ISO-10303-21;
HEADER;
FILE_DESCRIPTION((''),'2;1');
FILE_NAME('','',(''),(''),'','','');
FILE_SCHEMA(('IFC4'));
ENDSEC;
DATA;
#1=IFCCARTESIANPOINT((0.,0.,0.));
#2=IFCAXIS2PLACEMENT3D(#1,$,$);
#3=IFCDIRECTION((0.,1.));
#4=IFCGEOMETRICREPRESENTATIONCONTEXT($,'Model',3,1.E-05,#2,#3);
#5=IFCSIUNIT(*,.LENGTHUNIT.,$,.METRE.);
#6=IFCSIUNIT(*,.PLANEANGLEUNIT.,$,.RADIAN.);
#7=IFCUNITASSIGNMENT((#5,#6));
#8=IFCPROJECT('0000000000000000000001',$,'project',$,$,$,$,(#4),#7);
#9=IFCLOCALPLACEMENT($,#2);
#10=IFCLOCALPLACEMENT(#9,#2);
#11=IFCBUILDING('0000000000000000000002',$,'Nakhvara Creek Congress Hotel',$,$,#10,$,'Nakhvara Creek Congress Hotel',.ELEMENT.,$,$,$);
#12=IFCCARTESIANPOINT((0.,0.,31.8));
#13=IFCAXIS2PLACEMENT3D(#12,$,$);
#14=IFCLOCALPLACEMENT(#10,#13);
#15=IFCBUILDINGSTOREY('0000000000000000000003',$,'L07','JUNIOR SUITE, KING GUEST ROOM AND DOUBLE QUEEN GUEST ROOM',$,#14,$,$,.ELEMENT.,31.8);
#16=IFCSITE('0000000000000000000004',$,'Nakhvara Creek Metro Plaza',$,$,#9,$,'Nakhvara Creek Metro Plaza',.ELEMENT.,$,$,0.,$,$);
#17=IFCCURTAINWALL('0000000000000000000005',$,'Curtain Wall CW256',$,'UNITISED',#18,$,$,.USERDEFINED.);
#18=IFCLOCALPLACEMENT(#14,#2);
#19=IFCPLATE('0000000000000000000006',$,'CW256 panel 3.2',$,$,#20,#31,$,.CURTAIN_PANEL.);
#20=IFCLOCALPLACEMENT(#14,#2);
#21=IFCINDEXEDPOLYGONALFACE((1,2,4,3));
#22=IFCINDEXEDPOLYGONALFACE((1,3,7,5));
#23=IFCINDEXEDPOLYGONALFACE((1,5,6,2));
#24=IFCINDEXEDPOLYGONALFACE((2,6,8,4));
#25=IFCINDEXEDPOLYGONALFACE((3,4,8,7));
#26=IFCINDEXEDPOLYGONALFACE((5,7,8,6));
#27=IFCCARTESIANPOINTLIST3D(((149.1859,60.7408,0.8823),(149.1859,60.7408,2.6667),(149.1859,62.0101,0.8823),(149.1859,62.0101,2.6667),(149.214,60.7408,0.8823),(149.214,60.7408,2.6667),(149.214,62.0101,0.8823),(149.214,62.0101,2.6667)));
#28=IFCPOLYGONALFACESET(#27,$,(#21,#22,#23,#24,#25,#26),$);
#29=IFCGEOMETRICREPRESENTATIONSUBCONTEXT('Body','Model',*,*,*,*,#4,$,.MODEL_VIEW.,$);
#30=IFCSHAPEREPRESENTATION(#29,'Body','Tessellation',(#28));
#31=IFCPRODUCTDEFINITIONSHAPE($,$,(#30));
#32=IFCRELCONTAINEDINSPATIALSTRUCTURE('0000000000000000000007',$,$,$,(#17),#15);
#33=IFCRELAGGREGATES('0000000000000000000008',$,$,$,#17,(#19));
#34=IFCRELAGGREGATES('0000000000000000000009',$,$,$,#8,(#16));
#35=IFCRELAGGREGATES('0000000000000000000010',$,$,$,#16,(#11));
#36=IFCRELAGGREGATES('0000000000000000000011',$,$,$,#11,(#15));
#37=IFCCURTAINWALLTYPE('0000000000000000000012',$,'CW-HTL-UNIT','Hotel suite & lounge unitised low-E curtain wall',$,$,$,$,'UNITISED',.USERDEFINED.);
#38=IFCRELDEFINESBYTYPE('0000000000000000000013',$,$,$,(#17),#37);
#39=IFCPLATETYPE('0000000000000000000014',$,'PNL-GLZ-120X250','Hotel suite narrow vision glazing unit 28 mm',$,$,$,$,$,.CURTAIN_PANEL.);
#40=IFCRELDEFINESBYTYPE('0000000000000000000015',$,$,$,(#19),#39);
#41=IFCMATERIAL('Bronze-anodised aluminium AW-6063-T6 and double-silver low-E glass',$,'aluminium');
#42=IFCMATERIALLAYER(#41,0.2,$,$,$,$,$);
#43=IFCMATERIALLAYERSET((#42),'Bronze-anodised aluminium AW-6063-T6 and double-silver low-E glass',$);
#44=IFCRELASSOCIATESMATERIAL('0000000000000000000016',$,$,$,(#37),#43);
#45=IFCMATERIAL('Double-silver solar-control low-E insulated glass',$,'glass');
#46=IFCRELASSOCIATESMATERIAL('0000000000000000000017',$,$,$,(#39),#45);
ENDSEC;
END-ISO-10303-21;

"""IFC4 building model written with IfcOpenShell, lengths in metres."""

from ifc_helpers import new_model, si_unit, direction, frame, origin, origin_2d, place, context, subcontext, project, spatial, rectangle, extrude, material, layer, layer_set, type_object, element, aggregate, save


model = new_model("IFC4")

# Units and contexts
model_context = context("Model", 3, precision=1e-05, world=origin(), true_north=direction((0.0, 1.0)))
body_context = subcontext(model_context, "Body", "Model", "MODEL_VIEW")
ifc_project = project(units=[si_unit("LENGTHUNIT", "METRE"), si_unit("PLANEANGLEUNIT", "RADIAN")], contexts=[model_context])

# Site, building, storey
site_placement = place(None, origin())
site = spatial("IfcSite", under=ifc_project, at=site_placement, Name="Nakhvara Creek Metro Plaza", LongName="Nakhvara Creek Metro Plaza", CompositionType="ELEMENT", RefElevation=0.0)
building_placement = place(site_placement, origin())
building = spatial("IfcBuilding", under=site, at=building_placement, Name="Nakhvara Creek Congress Hotel", LongName="Nakhvara Creek Congress Hotel", CompositionType="ELEMENT")
storey_placement = place(building_placement, frame((0.0, 0.0, 31.8)))
storey = spatial("IfcBuildingStorey", under=building, at=storey_placement, Name="L07", Description="JUNIOR SUITE, KING GUEST ROOM AND DOUBLE QUEEN GUEST ROOM", CompositionType="ELEMENT", Elevation=31.8)

# Curtain wall
ifc_material_1 = material(Name="Bronze-anodised aluminium AW-6063-T6 and double-silver low-E glass", Category="aluminium")
ifc_layer = layer(ifc_material_1, 0.2)
ifc_layer_set = layer_set([ifc_layer], Name="Bronze-anodised aluminium AW-6063-T6 and double-silver low-E glass")
curtain_wall_type = type_object("IfcCurtainWallType", Name="CW-HTL-UNIT", Description="Hotel suite & lounge unitised low-E curtain wall", ElementType="UNITISED", PredefinedType="USERDEFINED", material=ifc_layer_set)
curtain_wall_1_placement = place(storey_placement, origin())
curtain_wall_1 = element("IfcCurtainWall", 1, at=curtain_wall_1_placement, inside=storey, type_object=curtain_wall_type, Name="Curtain Wall CW256", ObjectType="UNITISED", PredefinedType="USERDEFINED")

# Plate
ifc_material_2 = material(Name="Double-silver solar-control low-E insulated glass", Category="glass")
plate_type = type_object("IfcPlateType", Name="PNL-GLZ-120X250", Description="Hotel suite narrow vision glazing unit 28 mm", PredefinedType="CURTAIN_PANEL", material=ifc_material_2)
plate_1_placement = place(storey_placement, frame((149.2, 61.3755, 0.8823), z_axis=(0.0, 0.0, 1.0), x_axis=(0.0, 1.0, 0.0)))
plate_1 = element("IfcPlate", 2, at=plate_1_placement, type_object=plate_type, Name="CW256 panel 3.2", PredefinedType="CURTAIN_PANEL", context=body_context, shape_type="SweptSolid", body=[
    extrude(rectangle(XDim=1.2693, YDim=0.0281, at=origin_2d()), origin(), (0.0, 0.0, 1.0), 1.7844),
])
aggregate(curtain_wall_1, [plate_1])

save(model, "model.ifc")
